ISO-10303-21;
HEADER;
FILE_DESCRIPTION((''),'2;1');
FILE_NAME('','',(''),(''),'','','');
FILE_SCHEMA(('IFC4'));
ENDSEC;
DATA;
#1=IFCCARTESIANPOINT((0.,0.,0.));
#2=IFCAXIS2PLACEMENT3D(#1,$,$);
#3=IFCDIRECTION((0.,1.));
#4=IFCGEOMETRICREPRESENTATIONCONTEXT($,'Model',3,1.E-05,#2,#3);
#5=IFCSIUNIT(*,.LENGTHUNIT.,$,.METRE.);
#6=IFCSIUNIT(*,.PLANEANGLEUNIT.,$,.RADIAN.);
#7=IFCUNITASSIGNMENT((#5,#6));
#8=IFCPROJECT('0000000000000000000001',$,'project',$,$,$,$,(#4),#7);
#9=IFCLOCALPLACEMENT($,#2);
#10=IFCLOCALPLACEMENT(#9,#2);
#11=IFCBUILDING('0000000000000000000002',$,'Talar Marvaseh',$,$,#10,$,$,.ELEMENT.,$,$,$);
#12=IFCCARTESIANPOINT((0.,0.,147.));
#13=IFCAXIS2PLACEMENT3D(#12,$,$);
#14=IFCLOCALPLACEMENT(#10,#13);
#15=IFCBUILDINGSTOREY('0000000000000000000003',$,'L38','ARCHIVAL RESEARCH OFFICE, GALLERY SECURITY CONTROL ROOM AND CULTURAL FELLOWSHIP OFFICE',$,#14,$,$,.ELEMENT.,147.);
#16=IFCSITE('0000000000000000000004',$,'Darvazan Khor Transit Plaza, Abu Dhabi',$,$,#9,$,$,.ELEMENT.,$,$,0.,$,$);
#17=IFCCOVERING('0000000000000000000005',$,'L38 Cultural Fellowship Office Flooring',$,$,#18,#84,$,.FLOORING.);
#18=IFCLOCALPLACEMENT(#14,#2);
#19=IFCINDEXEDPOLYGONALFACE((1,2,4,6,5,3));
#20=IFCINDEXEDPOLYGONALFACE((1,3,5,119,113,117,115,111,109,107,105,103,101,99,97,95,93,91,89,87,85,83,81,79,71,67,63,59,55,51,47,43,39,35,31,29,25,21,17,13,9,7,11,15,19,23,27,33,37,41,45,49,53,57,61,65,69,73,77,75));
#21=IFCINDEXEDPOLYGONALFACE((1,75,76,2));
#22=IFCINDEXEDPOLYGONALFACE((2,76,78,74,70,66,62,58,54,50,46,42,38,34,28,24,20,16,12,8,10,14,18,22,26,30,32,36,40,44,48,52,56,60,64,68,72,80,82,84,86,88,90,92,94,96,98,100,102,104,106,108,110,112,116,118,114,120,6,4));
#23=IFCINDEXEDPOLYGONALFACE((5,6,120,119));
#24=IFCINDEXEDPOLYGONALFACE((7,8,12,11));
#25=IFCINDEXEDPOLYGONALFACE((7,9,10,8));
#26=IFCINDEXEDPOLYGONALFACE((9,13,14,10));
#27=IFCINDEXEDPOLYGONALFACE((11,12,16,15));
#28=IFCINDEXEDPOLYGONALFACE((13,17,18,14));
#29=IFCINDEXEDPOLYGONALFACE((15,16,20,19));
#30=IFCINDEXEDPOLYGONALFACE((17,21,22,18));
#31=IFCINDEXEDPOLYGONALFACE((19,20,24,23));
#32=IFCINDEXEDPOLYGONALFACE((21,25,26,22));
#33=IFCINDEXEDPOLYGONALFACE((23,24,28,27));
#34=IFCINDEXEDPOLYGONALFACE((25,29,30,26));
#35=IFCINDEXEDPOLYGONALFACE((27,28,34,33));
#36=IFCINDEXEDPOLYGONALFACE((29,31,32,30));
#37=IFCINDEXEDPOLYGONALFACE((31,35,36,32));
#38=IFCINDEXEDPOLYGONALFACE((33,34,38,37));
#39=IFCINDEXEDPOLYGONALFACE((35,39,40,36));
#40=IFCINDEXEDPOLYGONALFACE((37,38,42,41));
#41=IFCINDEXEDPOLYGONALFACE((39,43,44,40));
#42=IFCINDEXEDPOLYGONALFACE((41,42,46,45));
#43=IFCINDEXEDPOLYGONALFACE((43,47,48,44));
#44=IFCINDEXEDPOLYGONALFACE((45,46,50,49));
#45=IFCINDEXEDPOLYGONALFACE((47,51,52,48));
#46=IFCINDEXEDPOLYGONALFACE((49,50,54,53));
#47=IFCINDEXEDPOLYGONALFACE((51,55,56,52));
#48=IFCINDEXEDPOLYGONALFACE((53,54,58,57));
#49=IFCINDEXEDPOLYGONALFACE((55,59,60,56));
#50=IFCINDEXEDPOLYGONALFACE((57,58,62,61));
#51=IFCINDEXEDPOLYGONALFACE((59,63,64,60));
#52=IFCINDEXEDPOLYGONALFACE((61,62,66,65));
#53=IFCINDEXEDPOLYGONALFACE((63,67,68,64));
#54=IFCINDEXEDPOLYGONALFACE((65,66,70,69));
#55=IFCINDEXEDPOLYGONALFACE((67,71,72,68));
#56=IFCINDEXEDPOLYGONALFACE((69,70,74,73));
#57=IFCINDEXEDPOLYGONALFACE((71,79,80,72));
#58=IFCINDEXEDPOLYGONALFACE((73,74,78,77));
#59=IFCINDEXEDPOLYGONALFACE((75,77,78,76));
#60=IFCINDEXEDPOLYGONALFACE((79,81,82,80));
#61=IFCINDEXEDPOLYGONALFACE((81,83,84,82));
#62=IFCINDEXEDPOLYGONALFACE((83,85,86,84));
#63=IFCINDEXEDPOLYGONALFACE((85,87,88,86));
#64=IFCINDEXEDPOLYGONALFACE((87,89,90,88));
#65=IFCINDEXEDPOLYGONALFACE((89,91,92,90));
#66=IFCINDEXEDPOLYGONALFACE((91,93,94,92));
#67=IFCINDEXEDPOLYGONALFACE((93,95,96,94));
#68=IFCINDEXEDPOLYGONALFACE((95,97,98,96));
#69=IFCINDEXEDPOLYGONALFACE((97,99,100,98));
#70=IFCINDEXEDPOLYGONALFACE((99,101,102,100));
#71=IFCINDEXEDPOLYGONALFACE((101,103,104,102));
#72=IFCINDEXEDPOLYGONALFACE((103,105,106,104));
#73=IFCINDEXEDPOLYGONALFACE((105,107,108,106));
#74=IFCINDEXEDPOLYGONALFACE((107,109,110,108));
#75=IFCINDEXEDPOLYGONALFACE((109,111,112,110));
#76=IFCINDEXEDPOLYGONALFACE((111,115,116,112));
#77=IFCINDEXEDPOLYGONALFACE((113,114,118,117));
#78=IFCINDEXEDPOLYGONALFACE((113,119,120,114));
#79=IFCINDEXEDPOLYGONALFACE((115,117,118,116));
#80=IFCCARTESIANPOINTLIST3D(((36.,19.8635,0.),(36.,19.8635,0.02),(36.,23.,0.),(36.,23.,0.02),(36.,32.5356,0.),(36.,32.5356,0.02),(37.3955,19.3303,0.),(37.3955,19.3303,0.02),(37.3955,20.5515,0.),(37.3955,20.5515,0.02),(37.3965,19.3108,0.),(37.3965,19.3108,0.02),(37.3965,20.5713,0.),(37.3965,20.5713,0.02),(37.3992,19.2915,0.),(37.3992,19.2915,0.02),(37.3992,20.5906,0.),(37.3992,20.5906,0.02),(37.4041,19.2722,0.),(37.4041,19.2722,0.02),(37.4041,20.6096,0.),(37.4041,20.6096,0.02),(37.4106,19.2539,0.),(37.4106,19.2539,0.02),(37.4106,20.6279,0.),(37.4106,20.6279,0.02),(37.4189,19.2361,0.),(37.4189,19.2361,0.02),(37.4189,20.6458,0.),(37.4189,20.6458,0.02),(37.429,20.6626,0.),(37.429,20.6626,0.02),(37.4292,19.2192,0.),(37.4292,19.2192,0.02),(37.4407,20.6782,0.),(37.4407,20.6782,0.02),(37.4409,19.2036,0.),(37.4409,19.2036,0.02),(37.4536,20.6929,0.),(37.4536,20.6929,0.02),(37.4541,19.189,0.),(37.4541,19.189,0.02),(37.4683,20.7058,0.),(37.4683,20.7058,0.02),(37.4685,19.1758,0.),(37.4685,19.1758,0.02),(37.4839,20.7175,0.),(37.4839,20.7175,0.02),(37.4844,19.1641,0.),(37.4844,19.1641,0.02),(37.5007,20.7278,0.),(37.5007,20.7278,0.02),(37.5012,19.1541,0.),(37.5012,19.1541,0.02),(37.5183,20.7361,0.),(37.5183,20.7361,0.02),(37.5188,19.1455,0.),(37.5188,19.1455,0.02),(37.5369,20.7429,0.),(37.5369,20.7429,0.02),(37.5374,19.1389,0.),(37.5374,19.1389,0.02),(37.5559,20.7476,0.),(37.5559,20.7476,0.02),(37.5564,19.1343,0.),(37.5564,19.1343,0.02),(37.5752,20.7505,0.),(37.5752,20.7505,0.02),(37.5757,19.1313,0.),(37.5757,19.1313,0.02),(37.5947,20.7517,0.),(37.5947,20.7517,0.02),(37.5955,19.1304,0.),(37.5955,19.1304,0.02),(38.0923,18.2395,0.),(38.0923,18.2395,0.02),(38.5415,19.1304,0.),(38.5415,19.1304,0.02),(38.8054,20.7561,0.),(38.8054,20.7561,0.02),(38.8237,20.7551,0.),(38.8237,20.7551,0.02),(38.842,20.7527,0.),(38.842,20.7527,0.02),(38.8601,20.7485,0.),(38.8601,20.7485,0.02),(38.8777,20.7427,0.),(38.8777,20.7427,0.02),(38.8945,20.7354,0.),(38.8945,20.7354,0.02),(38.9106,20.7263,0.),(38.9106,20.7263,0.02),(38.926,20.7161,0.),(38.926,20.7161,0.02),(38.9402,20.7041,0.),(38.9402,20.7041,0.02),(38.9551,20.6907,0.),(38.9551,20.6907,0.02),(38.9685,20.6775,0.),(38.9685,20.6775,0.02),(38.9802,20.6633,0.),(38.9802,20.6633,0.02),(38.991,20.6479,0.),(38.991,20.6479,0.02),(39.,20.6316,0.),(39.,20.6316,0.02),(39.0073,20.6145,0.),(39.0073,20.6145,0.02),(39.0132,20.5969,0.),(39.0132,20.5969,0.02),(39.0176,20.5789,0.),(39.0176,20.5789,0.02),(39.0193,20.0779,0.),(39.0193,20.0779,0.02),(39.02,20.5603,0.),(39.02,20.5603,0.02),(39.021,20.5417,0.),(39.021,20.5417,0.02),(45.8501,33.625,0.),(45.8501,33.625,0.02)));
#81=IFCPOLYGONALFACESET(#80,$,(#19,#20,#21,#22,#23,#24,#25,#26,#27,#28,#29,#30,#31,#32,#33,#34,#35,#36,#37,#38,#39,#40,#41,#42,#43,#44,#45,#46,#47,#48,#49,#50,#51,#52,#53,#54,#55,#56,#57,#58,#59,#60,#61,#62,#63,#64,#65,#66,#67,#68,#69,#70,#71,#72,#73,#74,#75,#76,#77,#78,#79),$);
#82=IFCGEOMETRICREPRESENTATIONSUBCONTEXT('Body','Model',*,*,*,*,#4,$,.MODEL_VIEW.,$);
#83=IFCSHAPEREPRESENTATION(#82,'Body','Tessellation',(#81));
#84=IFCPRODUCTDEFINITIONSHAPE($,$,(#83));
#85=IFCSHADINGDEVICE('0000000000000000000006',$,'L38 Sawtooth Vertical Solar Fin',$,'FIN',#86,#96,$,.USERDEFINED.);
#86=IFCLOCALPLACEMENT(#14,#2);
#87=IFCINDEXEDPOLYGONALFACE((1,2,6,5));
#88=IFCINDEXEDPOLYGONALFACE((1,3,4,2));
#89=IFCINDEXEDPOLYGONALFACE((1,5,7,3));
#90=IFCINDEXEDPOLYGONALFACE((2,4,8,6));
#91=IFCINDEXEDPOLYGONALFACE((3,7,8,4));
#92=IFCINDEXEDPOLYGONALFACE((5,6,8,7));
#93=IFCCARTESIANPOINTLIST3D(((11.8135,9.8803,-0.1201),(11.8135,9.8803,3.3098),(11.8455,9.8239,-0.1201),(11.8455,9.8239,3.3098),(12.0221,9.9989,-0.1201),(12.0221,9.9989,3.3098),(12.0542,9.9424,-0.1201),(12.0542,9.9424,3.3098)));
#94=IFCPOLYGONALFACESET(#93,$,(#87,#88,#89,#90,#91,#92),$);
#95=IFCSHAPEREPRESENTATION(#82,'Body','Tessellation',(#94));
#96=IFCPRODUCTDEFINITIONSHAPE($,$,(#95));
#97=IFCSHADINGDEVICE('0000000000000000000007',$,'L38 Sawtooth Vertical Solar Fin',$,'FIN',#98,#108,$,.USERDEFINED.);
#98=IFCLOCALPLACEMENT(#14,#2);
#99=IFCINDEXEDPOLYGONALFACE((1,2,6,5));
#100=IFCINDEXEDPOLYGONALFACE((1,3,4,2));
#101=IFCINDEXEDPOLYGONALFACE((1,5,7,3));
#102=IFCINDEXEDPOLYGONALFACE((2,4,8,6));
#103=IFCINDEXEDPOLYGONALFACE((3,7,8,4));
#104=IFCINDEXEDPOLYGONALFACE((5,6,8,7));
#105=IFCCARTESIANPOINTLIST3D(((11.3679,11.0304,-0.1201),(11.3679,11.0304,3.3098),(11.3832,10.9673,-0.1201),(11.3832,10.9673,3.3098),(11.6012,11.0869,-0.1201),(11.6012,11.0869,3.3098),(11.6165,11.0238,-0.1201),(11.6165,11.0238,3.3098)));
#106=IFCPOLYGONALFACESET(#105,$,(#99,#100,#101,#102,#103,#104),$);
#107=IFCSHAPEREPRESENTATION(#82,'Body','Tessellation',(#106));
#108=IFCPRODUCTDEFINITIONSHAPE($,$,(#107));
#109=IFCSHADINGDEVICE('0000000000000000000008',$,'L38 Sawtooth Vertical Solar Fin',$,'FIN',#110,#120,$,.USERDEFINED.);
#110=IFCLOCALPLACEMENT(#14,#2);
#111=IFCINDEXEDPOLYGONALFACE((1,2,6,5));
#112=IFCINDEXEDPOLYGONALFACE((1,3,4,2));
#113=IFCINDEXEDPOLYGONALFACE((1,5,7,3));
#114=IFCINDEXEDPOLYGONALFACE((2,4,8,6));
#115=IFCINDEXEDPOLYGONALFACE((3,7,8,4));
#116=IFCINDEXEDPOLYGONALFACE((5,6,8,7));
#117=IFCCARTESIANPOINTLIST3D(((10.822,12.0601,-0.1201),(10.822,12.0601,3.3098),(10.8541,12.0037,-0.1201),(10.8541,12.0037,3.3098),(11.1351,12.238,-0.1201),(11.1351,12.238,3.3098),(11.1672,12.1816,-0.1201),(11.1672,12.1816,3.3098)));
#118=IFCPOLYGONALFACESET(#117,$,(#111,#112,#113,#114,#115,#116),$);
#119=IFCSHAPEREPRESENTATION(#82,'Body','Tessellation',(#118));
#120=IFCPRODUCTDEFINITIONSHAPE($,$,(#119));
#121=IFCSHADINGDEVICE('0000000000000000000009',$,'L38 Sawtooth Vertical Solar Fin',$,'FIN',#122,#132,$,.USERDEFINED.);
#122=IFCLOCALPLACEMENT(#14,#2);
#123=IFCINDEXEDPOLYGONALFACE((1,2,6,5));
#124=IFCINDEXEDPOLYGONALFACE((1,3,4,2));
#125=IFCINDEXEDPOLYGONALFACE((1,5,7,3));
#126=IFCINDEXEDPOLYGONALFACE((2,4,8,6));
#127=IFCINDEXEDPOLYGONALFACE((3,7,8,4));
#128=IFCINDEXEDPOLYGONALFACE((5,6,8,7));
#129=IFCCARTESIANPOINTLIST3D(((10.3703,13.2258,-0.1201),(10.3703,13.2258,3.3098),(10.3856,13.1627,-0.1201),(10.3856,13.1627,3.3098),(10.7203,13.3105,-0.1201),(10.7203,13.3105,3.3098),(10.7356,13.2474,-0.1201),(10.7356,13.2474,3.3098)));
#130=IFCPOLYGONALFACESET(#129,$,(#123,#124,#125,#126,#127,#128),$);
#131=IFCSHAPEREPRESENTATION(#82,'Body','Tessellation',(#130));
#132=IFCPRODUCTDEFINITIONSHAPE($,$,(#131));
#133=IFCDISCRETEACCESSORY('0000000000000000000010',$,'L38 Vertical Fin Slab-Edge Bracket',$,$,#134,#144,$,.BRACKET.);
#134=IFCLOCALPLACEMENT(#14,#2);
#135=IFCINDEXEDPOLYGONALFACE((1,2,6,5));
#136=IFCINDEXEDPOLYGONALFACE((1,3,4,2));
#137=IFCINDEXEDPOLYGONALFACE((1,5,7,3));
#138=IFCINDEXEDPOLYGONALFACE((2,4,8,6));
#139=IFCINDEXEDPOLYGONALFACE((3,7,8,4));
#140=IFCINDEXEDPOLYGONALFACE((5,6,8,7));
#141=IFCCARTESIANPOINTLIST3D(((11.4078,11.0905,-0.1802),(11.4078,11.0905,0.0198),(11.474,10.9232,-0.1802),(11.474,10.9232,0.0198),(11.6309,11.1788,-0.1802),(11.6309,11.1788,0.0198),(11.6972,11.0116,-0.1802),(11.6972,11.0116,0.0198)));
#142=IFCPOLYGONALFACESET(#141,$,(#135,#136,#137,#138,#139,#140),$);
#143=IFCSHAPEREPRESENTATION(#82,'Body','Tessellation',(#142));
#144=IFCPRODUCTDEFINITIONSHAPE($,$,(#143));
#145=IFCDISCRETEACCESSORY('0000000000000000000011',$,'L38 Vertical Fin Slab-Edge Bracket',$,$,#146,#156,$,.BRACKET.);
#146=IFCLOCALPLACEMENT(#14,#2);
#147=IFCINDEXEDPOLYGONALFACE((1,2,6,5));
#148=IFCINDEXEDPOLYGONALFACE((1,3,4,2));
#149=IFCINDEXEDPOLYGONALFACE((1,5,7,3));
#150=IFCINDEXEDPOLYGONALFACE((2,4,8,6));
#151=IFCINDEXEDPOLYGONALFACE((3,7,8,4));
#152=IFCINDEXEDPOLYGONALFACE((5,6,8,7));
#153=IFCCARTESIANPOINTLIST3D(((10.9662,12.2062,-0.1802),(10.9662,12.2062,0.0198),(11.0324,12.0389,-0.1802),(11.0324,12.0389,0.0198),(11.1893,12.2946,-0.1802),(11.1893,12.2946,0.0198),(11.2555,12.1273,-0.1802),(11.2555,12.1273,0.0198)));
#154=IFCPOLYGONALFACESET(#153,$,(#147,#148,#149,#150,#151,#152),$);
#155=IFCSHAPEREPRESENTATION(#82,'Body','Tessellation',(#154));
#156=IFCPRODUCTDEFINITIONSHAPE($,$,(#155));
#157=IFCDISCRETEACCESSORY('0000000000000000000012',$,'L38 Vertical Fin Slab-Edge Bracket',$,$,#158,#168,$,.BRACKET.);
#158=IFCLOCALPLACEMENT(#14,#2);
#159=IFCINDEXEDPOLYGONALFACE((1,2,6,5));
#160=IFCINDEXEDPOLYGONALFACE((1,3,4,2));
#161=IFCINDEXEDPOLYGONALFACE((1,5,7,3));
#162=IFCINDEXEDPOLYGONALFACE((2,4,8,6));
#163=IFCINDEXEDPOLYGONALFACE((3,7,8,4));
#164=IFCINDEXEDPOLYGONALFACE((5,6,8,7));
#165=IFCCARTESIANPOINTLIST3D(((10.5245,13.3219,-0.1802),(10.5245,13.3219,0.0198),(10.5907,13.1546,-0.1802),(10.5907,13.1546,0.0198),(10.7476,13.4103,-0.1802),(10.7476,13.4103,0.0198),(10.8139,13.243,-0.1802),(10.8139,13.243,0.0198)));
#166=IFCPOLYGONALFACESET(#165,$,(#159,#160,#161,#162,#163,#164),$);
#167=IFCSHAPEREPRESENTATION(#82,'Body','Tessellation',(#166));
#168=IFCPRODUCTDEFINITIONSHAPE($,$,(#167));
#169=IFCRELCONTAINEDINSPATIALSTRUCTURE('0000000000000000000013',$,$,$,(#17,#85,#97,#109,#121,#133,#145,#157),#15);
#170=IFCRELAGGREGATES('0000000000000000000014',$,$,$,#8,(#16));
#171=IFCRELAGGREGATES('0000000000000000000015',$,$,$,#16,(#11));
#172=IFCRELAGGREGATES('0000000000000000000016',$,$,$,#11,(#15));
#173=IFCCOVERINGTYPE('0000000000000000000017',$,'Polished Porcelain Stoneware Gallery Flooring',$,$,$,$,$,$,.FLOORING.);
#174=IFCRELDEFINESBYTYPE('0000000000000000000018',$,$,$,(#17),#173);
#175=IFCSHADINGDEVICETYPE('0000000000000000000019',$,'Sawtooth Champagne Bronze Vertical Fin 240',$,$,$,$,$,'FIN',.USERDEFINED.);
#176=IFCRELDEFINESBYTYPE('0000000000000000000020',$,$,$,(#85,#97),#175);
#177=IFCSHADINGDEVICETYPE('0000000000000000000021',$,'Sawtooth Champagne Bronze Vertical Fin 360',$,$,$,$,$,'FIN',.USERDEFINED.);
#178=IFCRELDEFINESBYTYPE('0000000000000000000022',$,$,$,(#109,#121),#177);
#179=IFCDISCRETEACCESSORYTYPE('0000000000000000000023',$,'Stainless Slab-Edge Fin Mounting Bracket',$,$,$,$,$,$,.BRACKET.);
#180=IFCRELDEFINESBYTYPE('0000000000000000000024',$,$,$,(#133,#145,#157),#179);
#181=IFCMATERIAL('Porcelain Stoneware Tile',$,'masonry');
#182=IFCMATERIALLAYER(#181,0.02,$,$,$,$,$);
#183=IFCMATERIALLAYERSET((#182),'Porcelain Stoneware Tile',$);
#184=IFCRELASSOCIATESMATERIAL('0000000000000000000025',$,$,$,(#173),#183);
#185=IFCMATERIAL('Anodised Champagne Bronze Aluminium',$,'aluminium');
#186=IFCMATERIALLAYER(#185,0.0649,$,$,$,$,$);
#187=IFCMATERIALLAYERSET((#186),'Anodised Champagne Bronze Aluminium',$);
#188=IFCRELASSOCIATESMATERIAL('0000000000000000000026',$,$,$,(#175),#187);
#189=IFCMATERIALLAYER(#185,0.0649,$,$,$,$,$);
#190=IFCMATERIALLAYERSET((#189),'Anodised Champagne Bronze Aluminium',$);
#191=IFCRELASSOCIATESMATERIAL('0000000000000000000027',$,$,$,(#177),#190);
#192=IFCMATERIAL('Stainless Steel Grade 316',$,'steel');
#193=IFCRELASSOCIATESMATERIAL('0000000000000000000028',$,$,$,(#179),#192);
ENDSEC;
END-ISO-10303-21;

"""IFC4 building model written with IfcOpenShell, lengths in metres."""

from ifc_helpers import new_model, si_unit, direction, frame, origin, origin_2d, place, context, subcontext, project, spatial, polyline, rectangle, outline, extrude, source, transform, mapped, material, layer, layer_set, type_object, type_shapes, element, save


model = new_model("IFC4")

# Units and contexts
model_context = context("Model", 3, precision=1e-05, world=origin(), true_north=direction((0.0, 1.0)))
body_context = subcontext(model_context, "Body", "Model", "MODEL_VIEW")
ifc_project = project(units=[si_unit("LENGTHUNIT", "METRE"), si_unit("PLANEANGLEUNIT", "RADIAN")], contexts=[model_context])

# Site, building, storey
site_placement = place(None, origin())
site = spatial("IfcSite", under=ifc_project, at=site_placement, Name="Darvazan Khor Transit Plaza, Abu Dhabi", CompositionType="ELEMENT", RefElevation=0.0)
building_placement = place(site_placement, origin())
building = spatial("IfcBuilding", under=site, at=building_placement, Name="Talar Marvaseh", CompositionType="ELEMENT")
storey_placement = place(building_placement, frame((0.0, 0.0, 147.0)))
storey = spatial("IfcBuildingStorey", under=building, at=storey_placement, Name="L38", Description="ARCHIVAL RESEARCH OFFICE, GALLERY SECURITY CONTROL ROOM AND CULTURAL FELLOWSHIP OFFICE", CompositionType="ELEMENT", Elevation=147.0)

# Covering
ifc_material_1 = material(Name="Porcelain Stoneware Tile", Category="masonry")
ifc_layer_1 = layer(ifc_material_1, 0.02)
ifc_layer_set_1 = layer_set([ifc_layer_1], Name="Porcelain Stoneware Tile")
covering_type_1 = type_object("IfcCoveringType", Name="Polished Porcelain Stoneware Gallery Flooring", PredefinedType="FLOORING", material=ifc_layer_set_1)
covering_1_placement = place(storey_placement, origin())
element("IfcCovering", 1, at=covering_1_placement, inside=storey, type_object=covering_type_1, Name="L38 Cultural Fellowship Office Flooring", PredefinedType="FLOORING", context=body_context, shape_type="SweptSolid", body=[
    extrude(outline(polyline([(45.8501, 33.625), (39.0193, 20.0779), (39.021, 20.5417), (39.02, 20.5603), (39.0176, 20.5789), (39.0132, 20.5969), (39.0073, 20.6145), (39.0, 20.6316), (38.991, 20.6479), (38.9802, 20.6633), (38.9685, 20.6775), (38.9551, 20.6907), (38.9402, 20.7041), (38.926, 20.7161), (38.9106, 20.7263), (38.8945, 20.7354), (38.8777, 20.7427), (38.8601, 20.7485), (38.842, 20.7527), (38.8237, 20.7551), (38.8054, 20.7561), (37.5947, 20.7517), (37.5752, 20.7505), (37.5559, 20.7476), (37.5369, 20.7429), (37.5183, 20.7361), (37.5007, 20.7278), (37.4839, 20.7175), (37.4683, 20.7058), (37.4536, 20.6929), (37.4407, 20.6782), (37.429, 20.6626), (37.4189, 20.6458), (37.4106, 20.6279), (37.4041, 20.6096), (37.3992, 20.5906), (37.3965, 20.5713), (37.3955, 20.5515), (37.3955, 19.3303), (37.3965, 19.3108), (37.3992, 19.2915), (37.4041, 19.2722), (37.4106, 19.2539), (37.4189, 19.2361), (37.4292, 19.2192), (37.4409, 19.2036), (37.4541, 19.189), (37.4685, 19.1758), (37.4844, 19.1641), (37.5012, 19.1541), (37.5188, 19.1455), (37.5374, 19.1389), (37.5564, 19.1343), (37.5757, 19.1313), (37.5955, 19.1304), (38.5415, 19.1304), (38.0923, 18.2395), (36.0, 19.8635), (36.0, 23.0), (36.0, 32.5356), (45.8501, 33.625)])), origin(), (0.0, 0.0, 1.0), 0.02),
])

# Shading devices
ifc_material_2 = material(Name="Anodised Champagne Bronze Aluminium", Category="aluminium")
ifc_layer_2 = layer(ifc_material_2, 0.0649)
ifc_layer_set_2 = layer_set([ifc_layer_2], Name="Anodised Champagne Bronze Aluminium")
shading_device_type_1 = type_object("IfcShadingDeviceType", Name="Sawtooth Champagne Bronze Vertical Fin 240", ElementType="FIN", PredefinedType="USERDEFINED", material=ifc_layer_set_2)
shared_shape_1 = source(origin(), body_context, "Body", "SweptSolid", [
    extrude(rectangle(XDim=0.24, YDim=0.0649, at=origin_2d()), origin(), (0.0, 0.0, 1.0), 3.4299),
])
type_shapes(shading_device_type_1, [shared_shape_1])
for number, where, z_axis, x_axis, name in (
    (2, (11.9338, 9.9114, -0.1201), (0.0, 0.0, 1.0), (-0.869495, -0.493942, 0.0), "L38 Sawtooth Vertical Solar Fin"),
    (3, (11.4922, 11.0271, -0.1201), (0.0, 0.0, 1.0), (-0.971961, -0.235142, 0.0), "L38 Sawtooth Vertical Solar Fin"),
):
    element("IfcShadingDevice", number, at=place(storey_placement, frame(where, z_axis=z_axis, x_axis=x_axis)), inside=storey, type_object=shading_device_type_1, Name=name, ObjectType="FIN", PredefinedType="USERDEFINED", context=body_context, shape_type="MappedRepresentation", body=[
        mapped(shared_shape_1, transform((0.0, 0.0, 0.0), x_axis=(1.0, 0.0, 0.0), y_axis=(0.0, 1.0, 0.0), z_axis=(0.0, 0.0, 1.0), scale=1.0)),
    ])
ifc_layer_3 = layer(ifc_material_2, 0.0649)
ifc_layer_set_3 = layer_set([ifc_layer_3], Name="Anodised Champagne Bronze Aluminium")
shading_device_type_2 = type_object("IfcShadingDeviceType", Name="Sawtooth Champagne Bronze Vertical Fin 360", ElementType="FIN", PredefinedType="USERDEFINED", material=ifc_layer_set_3)
shared_shape_2 = source(origin(), body_context, "Body", "SweptSolid", [
    extrude(rectangle(XDim=0.3601, YDim=0.0649, at=origin_2d()), origin(), (0.0, 0.0, 1.0), 3.4299),
])
type_shapes(shading_device_type_2, [shared_shape_2])
for number, where, z_axis, x_axis, name in (
    (4, (10.9946, 12.1208, -0.1201), (0.0, 0.0, 1.0), (-0.869495, -0.493942, 0.0), "L38 Sawtooth Vertical Solar Fin"),
    (5, (10.553, 13.2366, -0.1201), (0.0, 0.0, 1.0), (-0.971961, -0.235142, 0.0), "L38 Sawtooth Vertical Solar Fin"),
):
    element("IfcShadingDevice", number, at=place(storey_placement, frame(where, z_axis=z_axis, x_axis=x_axis)), inside=storey, type_object=shading_device_type_2, Name=name, ObjectType="FIN", PredefinedType="USERDEFINED", context=body_context, shape_type="MappedRepresentation", body=[
        mapped(shared_shape_2, transform((0.0, 0.0, 0.0), x_axis=(1.0, 0.0, 0.0), y_axis=(0.0, 1.0, 0.0), z_axis=(0.0, 0.0, 1.0), scale=1.0)),
    ])

# Discrete accessories
ifc_material_3 = material(Name="Stainless Steel Grade 316", Category="steel")
discrete_accessory_type = type_object("IfcDiscreteAccessoryType", Name="Stainless Slab-Edge Fin Mounting Bracket", PredefinedType="BRACKET", material=ifc_material_3)
shared_shape_3 = source(origin(), body_context, "Body", "SweptSolid", [
    extrude(rectangle(XDim=0.24, YDim=0.1799, at=origin_2d()), origin(), (0.0, 0.0, 1.0), 0.2),
])
type_shapes(discrete_accessory_type, [shared_shape_3])
for number, where, z_axis, x_axis, name in (
    (6, (11.5525, 11.051, -0.1802), (0.0, 0.0, 1.0), (-0.929776, -0.368125, 0.0), "L38 Vertical Fin Slab-Edge Bracket"),
    (7, (11.1108, 12.1667, -0.1802), (0.0, 0.0, 1.0), (-0.929776, -0.368125, 0.0), "L38 Vertical Fin Slab-Edge Bracket"),
    (8, (10.6692, 13.2825, -0.1802), (0.0, 0.0, 1.0), (-0.929776, -0.368125, 0.0), "L38 Vertical Fin Slab-Edge Bracket"),
):
    element("IfcDiscreteAccessory", number, at=place(storey_placement, frame(where, z_axis=z_axis, x_axis=x_axis)), inside=storey, type_object=discrete_accessory_type, Name=name, PredefinedType="BRACKET", context=body_context, shape_type="MappedRepresentation", body=[
        mapped(shared_shape_3, transform((0.0, 0.0, 0.0), x_axis=(1.0, 0.0, 0.0), y_axis=(0.0, 1.0, 0.0), z_axis=(0.0, 0.0, 1.0), scale=1.0)),
    ])

save(model, "model.ifc")
